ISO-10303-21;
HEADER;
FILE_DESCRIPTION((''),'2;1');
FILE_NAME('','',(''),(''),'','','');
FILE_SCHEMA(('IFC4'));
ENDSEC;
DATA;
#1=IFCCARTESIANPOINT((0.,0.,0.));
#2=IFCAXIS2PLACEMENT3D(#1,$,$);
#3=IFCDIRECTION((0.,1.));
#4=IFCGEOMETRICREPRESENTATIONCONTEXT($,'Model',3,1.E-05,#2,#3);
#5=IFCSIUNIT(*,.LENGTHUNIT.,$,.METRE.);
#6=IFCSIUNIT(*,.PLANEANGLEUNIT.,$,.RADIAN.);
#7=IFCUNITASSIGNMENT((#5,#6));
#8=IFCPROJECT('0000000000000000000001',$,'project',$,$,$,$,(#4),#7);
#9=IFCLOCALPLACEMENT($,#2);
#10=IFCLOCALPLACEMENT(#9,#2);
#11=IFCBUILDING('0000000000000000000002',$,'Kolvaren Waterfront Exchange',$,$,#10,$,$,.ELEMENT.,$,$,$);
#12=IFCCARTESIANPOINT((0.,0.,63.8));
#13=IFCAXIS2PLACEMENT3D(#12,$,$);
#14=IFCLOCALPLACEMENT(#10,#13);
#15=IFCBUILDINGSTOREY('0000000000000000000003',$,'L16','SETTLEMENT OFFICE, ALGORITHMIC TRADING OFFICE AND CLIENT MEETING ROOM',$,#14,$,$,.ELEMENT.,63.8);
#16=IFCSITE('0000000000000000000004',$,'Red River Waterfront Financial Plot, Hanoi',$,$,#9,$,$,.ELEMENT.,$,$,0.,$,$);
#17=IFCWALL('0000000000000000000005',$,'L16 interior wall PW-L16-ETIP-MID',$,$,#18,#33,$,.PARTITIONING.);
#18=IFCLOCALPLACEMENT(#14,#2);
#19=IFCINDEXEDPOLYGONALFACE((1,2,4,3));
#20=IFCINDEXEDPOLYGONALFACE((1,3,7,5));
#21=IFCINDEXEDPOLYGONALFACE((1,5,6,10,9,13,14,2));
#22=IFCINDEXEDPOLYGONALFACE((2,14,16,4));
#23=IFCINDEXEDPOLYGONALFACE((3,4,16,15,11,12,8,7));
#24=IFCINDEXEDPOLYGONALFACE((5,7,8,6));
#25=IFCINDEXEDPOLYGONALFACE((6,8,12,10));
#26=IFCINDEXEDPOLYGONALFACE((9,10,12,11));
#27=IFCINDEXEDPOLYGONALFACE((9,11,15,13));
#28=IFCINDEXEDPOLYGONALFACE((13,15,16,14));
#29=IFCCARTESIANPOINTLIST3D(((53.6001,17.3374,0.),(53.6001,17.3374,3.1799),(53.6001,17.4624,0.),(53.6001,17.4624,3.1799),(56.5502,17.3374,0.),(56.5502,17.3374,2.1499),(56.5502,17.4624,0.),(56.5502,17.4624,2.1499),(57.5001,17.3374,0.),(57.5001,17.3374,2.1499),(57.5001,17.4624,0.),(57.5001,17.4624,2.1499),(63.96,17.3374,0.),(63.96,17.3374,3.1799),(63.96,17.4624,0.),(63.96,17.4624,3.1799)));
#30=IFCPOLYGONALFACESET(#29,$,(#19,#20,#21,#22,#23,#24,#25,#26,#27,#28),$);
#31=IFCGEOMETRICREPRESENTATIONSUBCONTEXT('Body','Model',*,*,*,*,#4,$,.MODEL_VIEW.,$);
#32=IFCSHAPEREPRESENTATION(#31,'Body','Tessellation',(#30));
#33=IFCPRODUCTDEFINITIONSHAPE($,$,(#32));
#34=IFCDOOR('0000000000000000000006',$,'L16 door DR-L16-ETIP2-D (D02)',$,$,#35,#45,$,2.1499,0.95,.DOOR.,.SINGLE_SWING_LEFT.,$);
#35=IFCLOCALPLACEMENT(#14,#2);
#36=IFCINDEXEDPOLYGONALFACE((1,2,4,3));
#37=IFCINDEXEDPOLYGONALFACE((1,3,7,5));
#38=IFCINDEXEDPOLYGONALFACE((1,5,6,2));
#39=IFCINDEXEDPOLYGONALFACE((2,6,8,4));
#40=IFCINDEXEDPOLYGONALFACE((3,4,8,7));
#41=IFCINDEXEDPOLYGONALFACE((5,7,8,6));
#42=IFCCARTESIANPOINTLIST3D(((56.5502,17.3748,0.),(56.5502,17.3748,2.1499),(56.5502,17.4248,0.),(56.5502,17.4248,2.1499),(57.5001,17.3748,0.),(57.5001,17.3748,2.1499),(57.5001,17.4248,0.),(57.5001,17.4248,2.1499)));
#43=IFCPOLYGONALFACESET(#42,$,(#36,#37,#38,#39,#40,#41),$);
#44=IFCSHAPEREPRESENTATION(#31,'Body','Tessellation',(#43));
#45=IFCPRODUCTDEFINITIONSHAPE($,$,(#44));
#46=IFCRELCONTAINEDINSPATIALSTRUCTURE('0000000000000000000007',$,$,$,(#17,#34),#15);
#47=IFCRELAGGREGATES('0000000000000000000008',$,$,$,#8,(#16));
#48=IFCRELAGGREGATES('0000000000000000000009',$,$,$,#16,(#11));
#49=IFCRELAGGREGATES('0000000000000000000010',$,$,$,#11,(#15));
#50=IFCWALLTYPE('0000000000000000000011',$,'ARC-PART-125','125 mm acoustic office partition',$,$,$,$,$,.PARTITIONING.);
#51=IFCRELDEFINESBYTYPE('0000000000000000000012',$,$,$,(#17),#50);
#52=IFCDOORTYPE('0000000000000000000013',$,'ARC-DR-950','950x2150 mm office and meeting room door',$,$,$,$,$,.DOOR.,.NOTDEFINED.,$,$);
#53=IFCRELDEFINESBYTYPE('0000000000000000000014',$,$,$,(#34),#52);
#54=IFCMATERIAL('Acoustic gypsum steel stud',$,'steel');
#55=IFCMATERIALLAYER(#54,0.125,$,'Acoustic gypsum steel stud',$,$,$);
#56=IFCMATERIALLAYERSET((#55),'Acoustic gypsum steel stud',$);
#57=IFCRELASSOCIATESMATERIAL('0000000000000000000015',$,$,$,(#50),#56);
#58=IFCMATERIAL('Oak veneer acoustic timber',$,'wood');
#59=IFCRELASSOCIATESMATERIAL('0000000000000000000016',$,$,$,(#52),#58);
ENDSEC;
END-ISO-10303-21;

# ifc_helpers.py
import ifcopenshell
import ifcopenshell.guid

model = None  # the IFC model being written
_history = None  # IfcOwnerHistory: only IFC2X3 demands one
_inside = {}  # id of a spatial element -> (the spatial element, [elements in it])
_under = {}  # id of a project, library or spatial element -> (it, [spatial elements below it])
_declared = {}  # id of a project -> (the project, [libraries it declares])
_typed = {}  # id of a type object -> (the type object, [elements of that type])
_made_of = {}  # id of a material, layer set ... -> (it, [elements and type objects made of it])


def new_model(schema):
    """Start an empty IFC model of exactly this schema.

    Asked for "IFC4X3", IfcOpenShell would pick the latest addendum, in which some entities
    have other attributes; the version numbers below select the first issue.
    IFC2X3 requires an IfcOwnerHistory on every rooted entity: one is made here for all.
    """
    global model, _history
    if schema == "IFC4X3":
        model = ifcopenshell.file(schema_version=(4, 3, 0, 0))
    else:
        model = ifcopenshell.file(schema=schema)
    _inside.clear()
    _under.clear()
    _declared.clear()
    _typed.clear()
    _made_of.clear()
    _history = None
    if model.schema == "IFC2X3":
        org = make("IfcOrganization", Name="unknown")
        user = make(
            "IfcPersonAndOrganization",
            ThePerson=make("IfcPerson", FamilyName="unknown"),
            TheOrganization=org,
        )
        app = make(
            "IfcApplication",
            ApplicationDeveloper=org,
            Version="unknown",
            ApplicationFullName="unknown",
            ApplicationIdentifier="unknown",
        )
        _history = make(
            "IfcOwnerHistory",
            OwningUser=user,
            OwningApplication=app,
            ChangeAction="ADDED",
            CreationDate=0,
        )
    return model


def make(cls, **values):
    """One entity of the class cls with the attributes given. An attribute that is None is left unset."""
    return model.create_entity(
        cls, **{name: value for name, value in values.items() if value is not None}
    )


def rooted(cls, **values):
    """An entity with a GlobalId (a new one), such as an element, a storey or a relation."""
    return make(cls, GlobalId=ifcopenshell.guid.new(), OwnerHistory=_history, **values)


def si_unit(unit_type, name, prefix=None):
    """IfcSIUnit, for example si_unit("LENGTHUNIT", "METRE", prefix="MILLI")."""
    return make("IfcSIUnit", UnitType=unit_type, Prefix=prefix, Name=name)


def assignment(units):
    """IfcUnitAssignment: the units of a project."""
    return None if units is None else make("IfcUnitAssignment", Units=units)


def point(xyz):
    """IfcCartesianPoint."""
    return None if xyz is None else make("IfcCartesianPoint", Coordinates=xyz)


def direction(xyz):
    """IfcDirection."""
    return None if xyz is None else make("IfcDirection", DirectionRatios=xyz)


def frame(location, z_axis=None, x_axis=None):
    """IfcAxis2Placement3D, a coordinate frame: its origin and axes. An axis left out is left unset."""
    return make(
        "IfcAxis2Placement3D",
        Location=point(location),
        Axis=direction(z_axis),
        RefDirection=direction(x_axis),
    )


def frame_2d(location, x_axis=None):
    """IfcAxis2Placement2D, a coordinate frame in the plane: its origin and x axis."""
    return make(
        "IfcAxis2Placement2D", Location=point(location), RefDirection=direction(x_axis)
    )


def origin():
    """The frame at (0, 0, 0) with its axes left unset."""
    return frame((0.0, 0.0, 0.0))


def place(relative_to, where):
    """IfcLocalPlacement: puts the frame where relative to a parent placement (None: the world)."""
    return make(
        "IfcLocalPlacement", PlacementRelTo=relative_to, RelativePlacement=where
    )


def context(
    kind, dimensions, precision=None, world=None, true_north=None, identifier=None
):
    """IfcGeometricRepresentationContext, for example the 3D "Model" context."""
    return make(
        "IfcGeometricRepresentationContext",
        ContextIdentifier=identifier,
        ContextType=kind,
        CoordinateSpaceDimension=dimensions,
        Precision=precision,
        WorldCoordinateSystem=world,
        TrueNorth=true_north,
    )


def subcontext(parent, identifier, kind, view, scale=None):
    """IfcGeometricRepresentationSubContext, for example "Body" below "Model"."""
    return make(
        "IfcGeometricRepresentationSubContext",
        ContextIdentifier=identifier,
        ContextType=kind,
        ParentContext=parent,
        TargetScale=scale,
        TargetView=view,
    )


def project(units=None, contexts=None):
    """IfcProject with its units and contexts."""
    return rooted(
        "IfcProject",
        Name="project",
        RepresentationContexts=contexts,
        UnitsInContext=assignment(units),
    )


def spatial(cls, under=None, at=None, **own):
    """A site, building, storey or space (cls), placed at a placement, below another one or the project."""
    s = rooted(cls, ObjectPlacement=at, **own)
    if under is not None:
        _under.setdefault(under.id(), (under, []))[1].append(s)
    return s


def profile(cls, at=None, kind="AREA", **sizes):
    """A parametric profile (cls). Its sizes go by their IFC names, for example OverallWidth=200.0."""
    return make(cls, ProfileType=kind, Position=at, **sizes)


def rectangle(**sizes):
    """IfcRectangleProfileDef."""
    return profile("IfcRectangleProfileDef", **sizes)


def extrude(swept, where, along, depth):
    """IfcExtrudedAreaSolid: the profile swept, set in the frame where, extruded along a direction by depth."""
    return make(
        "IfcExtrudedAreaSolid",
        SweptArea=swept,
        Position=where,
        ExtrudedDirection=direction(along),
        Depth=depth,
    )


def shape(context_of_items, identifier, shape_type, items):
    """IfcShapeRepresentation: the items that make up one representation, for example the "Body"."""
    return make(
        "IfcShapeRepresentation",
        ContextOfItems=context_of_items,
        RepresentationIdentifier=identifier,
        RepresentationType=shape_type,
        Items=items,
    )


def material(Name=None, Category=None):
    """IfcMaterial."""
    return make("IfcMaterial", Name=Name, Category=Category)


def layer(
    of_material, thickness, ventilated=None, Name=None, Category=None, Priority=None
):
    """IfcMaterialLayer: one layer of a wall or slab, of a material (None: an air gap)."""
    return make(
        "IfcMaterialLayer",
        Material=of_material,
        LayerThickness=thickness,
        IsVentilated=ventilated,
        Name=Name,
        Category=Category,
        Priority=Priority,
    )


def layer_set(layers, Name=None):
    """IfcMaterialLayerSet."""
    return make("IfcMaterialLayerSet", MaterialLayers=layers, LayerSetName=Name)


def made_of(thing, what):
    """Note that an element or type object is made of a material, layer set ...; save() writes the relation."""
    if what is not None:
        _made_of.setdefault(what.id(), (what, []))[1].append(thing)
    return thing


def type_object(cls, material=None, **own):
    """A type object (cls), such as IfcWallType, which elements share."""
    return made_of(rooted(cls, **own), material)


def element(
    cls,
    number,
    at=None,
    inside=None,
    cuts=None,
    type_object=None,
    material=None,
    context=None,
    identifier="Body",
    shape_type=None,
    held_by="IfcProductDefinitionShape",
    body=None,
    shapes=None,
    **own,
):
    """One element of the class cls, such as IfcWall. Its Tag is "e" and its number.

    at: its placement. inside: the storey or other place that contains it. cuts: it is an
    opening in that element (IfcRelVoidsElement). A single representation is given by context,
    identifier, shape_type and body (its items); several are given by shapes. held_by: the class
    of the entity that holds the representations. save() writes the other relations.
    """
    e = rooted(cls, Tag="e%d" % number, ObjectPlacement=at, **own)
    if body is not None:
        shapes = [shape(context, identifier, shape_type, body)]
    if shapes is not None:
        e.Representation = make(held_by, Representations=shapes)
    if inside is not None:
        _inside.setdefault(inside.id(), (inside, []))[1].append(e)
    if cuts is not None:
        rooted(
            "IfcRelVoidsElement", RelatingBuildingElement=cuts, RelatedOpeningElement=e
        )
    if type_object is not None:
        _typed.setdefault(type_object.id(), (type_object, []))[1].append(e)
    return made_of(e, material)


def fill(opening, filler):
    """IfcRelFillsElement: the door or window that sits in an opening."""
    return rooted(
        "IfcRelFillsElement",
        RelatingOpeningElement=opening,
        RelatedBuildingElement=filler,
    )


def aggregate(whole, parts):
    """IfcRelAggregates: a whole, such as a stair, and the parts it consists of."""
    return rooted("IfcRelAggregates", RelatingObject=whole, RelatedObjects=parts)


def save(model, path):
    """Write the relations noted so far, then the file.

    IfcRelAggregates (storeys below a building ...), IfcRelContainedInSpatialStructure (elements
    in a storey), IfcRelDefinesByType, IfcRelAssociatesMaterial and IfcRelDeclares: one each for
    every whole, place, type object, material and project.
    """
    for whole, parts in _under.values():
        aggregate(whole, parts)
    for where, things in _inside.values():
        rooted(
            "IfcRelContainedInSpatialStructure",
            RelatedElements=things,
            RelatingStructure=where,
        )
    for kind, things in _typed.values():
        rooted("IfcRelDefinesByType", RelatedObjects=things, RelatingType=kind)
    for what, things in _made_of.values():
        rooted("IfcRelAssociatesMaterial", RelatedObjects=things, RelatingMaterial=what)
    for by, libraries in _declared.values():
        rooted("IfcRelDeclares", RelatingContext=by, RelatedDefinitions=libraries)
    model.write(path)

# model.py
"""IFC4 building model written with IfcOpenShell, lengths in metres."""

from ifc_helpers import new_model, si_unit, direction, frame, frame_2d, origin, place, context, subcontext, project, spatial, rectangle, extrude, material, layer, layer_set, type_object, element, fill, save


model = new_model("IFC4")

# Units and contexts
model_context = context("Model", 3, precision=1e-05, world=origin(), true_north=direction((0.0, 1.0)))
body_context = subcontext(model_context, "Body", "Model", "MODEL_VIEW")
ifc_project = project(units=[si_unit("LENGTHUNIT", "METRE"), si_unit("PLANEANGLEUNIT", "RADIAN")], contexts=[model_context])

# Site, building, storey
site_placement = place(None, origin())
site = spatial("IfcSite", under=ifc_project, at=site_placement, Name="Red River Waterfront Financial Plot, Hanoi", CompositionType="ELEMENT", RefElevation=0.0)
building_placement = place(site_placement, origin())
building = spatial("IfcBuilding", under=site, at=building_placement, Name="Kolvaren Waterfront Exchange", CompositionType="ELEMENT")
storey_placement = place(building_placement, frame((0.0, 0.0, 63.8)))
storey = spatial("IfcBuildingStorey", under=building, at=storey_placement, Name="L16", Description="SETTLEMENT OFFICE, ALGORITHMIC TRADING OFFICE AND CLIENT MEETING ROOM", CompositionType="ELEMENT", Elevation=63.8)

# Wall, opening, door
ifc_material_1 = material(Name="Acoustic gypsum steel stud", Category="steel")
ifc_layer_1 = layer(ifc_material_1, 0.125, Name="Acoustic gypsum steel stud")
ifc_layer_set_1 = layer_set([ifc_layer_1], Name="Acoustic gypsum steel stud")
wall_type_1 = type_object("IfcWallType", Name="ARC-PART-125", Description="125 mm acoustic office partition", PredefinedType="PARTITIONING", material=ifc_layer_set_1)
wall_1_placement = place(storey_placement, frame((53.6001, 17.3999, 0.0), z_axis=(0.0, 0.0, 1.0), x_axis=(1.0, 0.0, 0.0)))
wall_1 = element("IfcWall", 1, at=wall_1_placement, inside=storey, type_object=wall_type_1, Name="L16 interior wall PW-L16-ETIP-MID", PredefinedType="PARTITIONING", context=body_context, shape_type="SweptSolid", body=[
    extrude(rectangle(XDim=10.3599, YDim=0.125, at=frame_2d((5.1799, 0.0))), origin(), (0.0, 0.0, 1.0), 3.1799),
])
opening_placement = place(wall_1_placement, frame((2.95, 0.0, 0.0)))
opening = element("IfcOpeningElement", 2, at=opening_placement, cuts=wall_1, PredefinedType="OPENING", context=body_context, shape_type="SweptSolid", body=[
    extrude(rectangle(XDim=0.95, YDim=2.1499, at=frame_2d((0.4751, 1.075))), frame((0.0, 0.0725, 0.0), z_axis=(0.0, -1.0, 0.0), x_axis=(1.0, 0.0, 0.0)), (0.0, 0.0, 1.0), 0.145),
])
ifc_material_2 = material(Name="Oak veneer acoustic timber", Category="wood")
door_type = type_object("IfcDoorType", Name="ARC-DR-950", Description="950x2150 mm office and meeting room door", OperationType="NOTDEFINED", PredefinedType="DOOR", material=ifc_material_2)
door_placement = place(opening_placement, origin())
door = element("IfcDoor", 3, at=door_placement, inside=storey, type_object=door_type, Name="L16 door DR-L16-ETIP2-D (D02)", OperationType="SINGLE_SWING_LEFT", OverallHeight=2.1499, OverallWidth=0.95, PredefinedType="DOOR", context=body_context, shape_type="SweptSolid", body=[
    extrude(rectangle(XDim=0.95, YDim=2.1499, at=frame_2d((0.4751, 1.075))), frame((0.0, 0.0249, 0.0), z_axis=(0.0, -1.0, 0.0), x_axis=(1.0, 0.0, 0.0)), (0.0, 0.0, 1.0), 0.05),
])
fill(opening, door)

save(model, "model.ifc")
